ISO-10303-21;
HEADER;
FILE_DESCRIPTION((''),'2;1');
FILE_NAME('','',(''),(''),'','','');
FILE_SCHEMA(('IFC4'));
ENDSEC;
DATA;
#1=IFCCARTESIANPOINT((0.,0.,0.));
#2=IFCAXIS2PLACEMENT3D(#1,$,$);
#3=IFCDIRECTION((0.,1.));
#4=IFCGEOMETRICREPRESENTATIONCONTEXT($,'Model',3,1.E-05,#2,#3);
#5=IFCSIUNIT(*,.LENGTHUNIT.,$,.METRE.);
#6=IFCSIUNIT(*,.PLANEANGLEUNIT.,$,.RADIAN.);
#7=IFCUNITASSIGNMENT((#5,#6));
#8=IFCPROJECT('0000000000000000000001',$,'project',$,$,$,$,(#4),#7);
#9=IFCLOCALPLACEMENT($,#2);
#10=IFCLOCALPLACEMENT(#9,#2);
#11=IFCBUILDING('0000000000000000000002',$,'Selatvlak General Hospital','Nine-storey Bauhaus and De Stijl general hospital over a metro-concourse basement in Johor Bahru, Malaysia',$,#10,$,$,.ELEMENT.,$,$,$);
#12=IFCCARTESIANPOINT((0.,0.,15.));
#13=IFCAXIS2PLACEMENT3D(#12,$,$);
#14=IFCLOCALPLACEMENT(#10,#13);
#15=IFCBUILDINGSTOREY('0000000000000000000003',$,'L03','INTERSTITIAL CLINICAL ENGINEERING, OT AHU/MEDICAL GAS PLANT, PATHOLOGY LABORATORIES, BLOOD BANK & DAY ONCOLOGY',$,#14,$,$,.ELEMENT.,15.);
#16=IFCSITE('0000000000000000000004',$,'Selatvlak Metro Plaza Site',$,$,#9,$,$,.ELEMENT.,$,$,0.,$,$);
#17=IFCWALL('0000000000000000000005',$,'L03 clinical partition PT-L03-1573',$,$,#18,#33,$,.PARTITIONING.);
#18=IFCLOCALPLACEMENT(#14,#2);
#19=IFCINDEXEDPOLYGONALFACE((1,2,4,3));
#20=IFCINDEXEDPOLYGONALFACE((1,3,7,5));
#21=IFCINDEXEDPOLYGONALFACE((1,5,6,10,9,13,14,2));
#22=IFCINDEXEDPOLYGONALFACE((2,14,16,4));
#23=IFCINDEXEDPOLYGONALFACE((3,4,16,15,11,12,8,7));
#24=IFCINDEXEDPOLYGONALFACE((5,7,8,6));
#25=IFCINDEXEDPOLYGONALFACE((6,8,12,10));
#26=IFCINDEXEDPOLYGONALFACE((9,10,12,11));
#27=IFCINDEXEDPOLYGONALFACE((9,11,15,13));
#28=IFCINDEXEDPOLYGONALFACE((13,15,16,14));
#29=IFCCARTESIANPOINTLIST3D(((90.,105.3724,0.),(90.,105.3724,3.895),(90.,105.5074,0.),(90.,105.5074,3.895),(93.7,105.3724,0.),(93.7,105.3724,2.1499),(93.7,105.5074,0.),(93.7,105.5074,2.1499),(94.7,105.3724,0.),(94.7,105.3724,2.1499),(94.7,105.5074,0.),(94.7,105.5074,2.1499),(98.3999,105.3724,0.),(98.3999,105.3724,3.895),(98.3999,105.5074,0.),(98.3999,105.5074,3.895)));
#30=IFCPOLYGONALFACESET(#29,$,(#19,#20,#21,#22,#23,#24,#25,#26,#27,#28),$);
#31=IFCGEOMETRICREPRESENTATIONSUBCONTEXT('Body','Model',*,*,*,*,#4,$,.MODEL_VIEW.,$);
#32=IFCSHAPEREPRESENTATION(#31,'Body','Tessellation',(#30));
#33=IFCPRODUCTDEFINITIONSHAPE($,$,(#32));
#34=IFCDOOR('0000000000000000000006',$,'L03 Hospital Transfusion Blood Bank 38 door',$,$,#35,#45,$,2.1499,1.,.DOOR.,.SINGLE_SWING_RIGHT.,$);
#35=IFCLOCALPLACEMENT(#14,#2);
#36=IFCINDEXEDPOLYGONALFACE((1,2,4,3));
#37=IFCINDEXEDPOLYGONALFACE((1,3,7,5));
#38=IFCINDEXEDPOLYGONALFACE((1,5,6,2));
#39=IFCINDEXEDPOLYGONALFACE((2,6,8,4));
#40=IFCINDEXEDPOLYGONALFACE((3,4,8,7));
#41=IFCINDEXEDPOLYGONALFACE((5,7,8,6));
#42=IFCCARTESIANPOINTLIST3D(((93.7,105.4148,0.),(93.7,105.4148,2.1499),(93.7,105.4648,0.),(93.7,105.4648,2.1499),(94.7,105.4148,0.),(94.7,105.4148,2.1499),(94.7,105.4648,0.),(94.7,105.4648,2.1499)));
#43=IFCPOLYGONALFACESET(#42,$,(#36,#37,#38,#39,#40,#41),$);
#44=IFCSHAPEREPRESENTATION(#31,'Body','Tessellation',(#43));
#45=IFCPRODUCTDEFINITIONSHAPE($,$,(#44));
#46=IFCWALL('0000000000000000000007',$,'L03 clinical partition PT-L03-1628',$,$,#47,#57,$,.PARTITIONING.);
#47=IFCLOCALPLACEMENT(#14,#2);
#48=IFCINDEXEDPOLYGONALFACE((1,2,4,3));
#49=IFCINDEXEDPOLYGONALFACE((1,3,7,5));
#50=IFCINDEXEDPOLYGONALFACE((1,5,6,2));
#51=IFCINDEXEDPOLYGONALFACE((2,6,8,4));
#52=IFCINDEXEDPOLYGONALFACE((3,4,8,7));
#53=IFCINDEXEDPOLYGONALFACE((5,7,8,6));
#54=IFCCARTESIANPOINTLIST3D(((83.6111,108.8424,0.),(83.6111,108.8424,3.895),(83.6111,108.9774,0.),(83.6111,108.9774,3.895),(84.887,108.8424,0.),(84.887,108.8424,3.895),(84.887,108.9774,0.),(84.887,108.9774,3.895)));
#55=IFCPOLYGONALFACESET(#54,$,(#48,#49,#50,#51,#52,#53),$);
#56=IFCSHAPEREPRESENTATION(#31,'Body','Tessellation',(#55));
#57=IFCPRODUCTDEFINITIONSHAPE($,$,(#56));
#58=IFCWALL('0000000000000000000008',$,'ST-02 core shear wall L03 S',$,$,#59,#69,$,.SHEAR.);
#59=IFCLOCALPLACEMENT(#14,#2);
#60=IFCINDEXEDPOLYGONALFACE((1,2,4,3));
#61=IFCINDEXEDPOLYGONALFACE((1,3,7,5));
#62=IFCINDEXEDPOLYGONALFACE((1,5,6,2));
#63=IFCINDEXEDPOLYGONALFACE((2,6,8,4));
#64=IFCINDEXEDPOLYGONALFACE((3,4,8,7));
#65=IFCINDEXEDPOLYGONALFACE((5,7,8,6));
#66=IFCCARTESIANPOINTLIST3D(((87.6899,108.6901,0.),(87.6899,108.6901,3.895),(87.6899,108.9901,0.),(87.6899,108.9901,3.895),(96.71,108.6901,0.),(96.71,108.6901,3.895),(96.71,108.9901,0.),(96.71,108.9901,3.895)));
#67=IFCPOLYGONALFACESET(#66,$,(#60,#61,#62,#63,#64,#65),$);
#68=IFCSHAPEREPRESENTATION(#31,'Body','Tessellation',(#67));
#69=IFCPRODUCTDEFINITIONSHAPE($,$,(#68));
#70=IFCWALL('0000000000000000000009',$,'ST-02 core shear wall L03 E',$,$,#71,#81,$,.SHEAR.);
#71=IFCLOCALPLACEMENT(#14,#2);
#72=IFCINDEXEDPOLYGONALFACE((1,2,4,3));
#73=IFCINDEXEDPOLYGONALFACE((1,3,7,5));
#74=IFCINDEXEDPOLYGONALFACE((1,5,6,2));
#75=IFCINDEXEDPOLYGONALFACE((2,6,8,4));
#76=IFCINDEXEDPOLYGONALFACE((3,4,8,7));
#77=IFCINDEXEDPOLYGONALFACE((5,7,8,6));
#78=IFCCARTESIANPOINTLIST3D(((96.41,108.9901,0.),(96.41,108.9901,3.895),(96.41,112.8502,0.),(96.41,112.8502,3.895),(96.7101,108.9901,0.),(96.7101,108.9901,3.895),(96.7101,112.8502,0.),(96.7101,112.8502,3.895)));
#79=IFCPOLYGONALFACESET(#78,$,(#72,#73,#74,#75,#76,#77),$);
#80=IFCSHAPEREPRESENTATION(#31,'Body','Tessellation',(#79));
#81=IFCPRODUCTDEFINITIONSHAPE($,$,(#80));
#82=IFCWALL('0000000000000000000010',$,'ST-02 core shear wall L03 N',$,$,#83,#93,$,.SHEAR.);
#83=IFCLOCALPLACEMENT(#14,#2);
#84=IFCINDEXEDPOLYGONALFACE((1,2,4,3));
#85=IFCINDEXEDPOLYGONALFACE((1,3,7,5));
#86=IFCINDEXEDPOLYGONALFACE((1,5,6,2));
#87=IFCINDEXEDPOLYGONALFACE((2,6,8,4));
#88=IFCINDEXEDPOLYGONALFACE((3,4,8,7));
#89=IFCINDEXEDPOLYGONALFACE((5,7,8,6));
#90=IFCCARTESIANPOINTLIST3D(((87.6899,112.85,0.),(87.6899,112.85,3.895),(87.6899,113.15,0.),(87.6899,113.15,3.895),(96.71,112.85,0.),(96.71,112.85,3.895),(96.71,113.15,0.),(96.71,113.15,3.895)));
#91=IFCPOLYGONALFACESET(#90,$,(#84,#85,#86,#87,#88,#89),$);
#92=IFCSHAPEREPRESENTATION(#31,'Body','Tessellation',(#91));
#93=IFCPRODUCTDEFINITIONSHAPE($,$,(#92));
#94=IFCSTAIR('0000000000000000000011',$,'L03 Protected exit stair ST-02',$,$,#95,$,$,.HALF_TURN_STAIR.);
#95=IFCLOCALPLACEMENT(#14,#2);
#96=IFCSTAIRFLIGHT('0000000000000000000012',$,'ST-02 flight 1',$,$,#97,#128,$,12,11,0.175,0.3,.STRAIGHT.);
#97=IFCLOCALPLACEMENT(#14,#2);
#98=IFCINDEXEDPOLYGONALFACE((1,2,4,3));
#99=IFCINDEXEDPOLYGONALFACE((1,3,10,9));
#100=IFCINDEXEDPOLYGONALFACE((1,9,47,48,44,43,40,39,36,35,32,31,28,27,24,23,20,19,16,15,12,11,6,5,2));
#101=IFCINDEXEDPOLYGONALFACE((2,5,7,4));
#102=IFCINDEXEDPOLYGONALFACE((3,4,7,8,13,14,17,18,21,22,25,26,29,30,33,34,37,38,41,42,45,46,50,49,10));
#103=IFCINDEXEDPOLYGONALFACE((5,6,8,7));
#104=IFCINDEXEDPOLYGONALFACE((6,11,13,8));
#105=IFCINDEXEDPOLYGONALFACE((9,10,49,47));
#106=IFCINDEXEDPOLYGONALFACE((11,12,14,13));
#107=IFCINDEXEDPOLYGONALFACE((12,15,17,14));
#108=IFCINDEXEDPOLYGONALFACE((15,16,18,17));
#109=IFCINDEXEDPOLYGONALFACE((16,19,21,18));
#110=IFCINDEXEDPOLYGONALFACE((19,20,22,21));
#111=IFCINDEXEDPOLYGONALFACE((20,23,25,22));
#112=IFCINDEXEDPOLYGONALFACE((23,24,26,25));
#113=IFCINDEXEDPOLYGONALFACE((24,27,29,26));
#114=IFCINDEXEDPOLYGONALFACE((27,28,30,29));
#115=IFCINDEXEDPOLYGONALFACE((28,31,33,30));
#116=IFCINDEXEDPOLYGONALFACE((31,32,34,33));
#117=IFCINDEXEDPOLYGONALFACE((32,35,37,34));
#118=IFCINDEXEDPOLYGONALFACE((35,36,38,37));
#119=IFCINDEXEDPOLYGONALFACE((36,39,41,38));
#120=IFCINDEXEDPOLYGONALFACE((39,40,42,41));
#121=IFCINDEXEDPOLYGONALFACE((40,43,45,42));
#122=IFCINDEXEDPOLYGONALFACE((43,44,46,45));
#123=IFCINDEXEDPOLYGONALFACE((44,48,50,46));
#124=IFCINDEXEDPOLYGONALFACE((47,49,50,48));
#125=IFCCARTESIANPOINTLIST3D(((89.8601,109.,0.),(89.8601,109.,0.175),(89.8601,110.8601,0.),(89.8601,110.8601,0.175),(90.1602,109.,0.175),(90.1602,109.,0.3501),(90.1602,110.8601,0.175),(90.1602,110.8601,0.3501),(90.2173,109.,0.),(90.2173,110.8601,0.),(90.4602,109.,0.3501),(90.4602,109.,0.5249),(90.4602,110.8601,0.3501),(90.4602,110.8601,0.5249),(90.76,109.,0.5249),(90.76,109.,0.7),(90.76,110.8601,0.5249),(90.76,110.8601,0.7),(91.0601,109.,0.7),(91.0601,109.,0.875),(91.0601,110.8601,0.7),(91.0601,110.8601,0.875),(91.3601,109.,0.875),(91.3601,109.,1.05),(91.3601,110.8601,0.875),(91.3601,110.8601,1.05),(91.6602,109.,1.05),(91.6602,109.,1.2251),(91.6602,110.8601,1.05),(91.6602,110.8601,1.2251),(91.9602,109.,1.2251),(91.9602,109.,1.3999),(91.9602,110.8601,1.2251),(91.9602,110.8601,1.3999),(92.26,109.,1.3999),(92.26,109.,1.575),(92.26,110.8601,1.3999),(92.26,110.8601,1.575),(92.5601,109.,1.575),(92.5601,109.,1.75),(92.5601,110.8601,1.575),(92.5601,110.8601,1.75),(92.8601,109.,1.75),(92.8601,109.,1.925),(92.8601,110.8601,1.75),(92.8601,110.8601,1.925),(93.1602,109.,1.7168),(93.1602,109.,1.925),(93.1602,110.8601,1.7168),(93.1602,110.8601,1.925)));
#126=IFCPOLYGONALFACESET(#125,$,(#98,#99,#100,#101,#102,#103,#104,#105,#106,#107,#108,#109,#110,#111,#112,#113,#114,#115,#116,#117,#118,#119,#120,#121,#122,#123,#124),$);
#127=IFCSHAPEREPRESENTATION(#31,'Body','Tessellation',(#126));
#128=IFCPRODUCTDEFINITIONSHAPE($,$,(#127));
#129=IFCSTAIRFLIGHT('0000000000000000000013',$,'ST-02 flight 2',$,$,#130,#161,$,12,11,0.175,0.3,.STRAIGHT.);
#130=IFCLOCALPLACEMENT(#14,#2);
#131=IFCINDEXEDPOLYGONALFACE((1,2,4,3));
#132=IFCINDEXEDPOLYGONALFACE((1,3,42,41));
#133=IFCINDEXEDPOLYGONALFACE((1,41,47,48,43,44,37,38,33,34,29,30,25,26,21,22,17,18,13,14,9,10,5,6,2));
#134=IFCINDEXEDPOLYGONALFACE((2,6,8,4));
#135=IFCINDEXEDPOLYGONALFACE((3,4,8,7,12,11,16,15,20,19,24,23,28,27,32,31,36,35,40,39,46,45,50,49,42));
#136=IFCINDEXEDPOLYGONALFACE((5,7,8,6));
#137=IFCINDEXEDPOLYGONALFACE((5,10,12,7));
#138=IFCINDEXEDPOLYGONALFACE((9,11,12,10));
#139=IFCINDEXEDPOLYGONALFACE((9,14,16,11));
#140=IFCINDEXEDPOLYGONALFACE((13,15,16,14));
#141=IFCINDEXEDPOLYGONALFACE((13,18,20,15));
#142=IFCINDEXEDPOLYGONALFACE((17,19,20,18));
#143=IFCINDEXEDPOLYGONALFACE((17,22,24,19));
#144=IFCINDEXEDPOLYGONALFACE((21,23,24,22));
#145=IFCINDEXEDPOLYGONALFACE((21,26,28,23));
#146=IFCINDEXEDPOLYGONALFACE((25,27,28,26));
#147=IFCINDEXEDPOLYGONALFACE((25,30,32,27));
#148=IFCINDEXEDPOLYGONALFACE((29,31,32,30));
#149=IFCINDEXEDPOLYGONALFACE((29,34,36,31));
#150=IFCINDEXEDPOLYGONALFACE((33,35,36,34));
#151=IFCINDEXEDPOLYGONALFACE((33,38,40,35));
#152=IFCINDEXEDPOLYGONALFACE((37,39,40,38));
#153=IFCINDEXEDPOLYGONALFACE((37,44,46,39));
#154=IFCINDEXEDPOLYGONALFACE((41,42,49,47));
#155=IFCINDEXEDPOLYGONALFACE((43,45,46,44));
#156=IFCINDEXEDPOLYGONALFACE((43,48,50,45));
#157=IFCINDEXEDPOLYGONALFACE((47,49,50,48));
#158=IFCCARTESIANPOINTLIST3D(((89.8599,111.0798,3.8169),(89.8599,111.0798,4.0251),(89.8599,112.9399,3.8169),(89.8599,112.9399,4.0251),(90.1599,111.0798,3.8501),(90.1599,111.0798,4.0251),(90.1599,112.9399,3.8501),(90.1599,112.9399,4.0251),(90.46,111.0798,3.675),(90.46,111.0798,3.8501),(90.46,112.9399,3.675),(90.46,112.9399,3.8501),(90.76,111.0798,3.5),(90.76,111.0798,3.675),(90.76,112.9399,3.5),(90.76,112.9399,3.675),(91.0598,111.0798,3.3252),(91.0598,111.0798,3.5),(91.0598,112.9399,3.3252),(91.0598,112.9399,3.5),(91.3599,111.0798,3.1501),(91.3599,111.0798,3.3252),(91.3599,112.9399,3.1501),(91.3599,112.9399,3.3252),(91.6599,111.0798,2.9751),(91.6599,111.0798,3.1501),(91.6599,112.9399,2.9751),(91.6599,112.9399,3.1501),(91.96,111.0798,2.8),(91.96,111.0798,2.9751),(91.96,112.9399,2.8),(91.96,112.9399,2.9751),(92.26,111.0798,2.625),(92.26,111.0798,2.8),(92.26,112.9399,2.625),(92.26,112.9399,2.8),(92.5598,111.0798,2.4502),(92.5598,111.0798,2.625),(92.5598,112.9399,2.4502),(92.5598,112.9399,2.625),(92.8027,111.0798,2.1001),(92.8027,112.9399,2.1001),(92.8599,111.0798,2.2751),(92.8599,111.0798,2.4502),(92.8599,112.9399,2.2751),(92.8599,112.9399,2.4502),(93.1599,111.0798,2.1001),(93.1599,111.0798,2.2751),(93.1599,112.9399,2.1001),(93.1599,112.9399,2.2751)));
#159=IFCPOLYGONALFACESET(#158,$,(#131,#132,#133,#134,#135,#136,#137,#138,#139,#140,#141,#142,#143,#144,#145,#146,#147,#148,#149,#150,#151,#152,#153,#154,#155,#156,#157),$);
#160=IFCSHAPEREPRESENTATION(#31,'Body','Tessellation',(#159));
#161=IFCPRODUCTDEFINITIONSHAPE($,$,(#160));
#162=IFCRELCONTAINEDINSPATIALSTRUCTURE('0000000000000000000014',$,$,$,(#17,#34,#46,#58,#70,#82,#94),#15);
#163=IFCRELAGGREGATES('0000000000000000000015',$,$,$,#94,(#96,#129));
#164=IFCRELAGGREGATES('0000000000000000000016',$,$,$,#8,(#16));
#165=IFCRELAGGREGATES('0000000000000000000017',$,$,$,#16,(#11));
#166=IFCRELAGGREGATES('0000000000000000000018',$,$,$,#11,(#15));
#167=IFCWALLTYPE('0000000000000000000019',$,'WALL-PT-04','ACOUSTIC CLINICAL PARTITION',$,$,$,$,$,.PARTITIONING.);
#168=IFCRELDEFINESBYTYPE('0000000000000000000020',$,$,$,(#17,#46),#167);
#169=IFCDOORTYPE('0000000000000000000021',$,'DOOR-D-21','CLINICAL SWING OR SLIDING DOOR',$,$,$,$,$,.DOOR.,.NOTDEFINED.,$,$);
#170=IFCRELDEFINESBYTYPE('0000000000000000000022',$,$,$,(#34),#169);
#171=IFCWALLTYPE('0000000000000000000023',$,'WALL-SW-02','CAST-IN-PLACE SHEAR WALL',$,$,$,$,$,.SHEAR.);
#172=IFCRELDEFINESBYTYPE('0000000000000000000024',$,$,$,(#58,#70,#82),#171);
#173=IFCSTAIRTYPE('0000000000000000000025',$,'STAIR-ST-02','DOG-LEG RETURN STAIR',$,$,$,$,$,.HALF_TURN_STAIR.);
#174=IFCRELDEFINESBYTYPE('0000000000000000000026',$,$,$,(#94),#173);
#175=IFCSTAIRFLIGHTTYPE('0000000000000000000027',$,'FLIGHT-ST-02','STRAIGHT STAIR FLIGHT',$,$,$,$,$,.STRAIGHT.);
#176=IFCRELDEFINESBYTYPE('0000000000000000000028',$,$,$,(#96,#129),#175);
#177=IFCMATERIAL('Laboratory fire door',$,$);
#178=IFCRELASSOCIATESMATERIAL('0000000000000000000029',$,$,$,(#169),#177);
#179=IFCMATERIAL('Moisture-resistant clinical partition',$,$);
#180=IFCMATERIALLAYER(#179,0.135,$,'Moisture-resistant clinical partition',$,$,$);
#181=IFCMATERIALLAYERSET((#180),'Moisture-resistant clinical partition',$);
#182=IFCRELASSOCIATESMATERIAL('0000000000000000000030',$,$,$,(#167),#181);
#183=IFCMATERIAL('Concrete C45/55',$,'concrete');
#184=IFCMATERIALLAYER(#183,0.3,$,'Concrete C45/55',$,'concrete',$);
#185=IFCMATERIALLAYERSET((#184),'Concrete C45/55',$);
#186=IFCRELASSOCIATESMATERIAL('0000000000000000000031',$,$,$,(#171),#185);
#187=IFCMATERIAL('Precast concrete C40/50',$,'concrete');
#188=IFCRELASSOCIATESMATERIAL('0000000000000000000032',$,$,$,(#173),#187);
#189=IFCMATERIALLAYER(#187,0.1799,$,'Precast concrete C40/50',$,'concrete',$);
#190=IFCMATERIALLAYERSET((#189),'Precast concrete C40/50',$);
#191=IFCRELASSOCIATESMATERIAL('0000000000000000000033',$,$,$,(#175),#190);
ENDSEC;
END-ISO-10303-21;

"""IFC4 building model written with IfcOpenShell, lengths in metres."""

from ifc_helpers import new_model, si_unit, direction, frame, frame_2d, origin, place, context, subcontext, project, spatial, polyline, rectangle, outline, extrude, material, layer, layer_set, type_object, element, fill, aggregate, save


model = new_model("IFC4")

# Units and contexts
model_context = context("Model", 3, precision=1e-05, world=origin(), true_north=direction((0.0, 1.0)))
body_context = subcontext(model_context, "Body", "Model", "MODEL_VIEW")
ifc_project = project(units=[si_unit("LENGTHUNIT", "METRE"), si_unit("PLANEANGLEUNIT", "RADIAN")], contexts=[model_context])

# Site, building, storey
site_placement = place(None, origin())
site = spatial("IfcSite", under=ifc_project, at=site_placement, Name="Selatvlak Metro Plaza Site", CompositionType="ELEMENT", RefElevation=0.0)
building_placement = place(site_placement, origin())
building = spatial("IfcBuilding", under=site, at=building_placement, Name="Selatvlak General Hospital", Description="Nine-storey Bauhaus and De Stijl general hospital over a metro-concourse basement in Johor Bahru, Malaysia", CompositionType="ELEMENT")
storey_placement = place(building_placement, frame((0.0, 0.0, 15.0)))
storey = spatial("IfcBuildingStorey", under=building, at=storey_placement, Name="L03", Description="INTERSTITIAL CLINICAL ENGINEERING, OT AHU/MEDICAL GAS PLANT, PATHOLOGY LABORATORIES, BLOOD BANK & DAY ONCOLOGY", CompositionType="ELEMENT", Elevation=15.0)

# Shared definitions
ifc_material_1 = material(Name="Laboratory fire door")
door_type_1 = type_object("IfcDoorType", Name="DOOR-D-21", Description="CLINICAL SWING OR SLIDING DOOR", OperationType="NOTDEFINED", PredefinedType="DOOR", material=ifc_material_1)

# Wall, opening, door
ifc_material_2 = material(Name="Moisture-resistant clinical partition")
ifc_layer_1 = layer(ifc_material_2, 0.135, Name="Moisture-resistant clinical partition")
ifc_layer_set_1 = layer_set([ifc_layer_1], Name="Moisture-resistant clinical partition")
wall_type_1 = type_object("IfcWallType", Name="WALL-PT-04", Description="ACOUSTIC CLINICAL PARTITION", PredefinedType="PARTITIONING", material=ifc_layer_set_1)
wall_1_placement = place(storey_placement, frame((90.0, 105.4399, 0.0), z_axis=(0.0, 0.0, 1.0), x_axis=(1.0, 0.0, 0.0)))
wall_1 = element("IfcWall", 1, at=wall_1_placement, inside=storey, type_object=wall_type_1, Name="L03 clinical partition PT-L03-1573", PredefinedType="PARTITIONING", context=body_context, shape_type="SweptSolid", body=[
    extrude(rectangle(XDim=8.3999, YDim=0.135, at=frame_2d((4.2, 0.0))), origin(), (0.0, 0.0, 1.0), 3.895),
])
opening_1_placement = place(wall_1_placement, frame((3.7, 0.0, 0.0)))
opening_1 = element("IfcOpeningElement", 2, at=opening_1_placement, cuts=wall_1, PredefinedType="OPENING", context=body_context, shape_type="SweptSolid", body=[
    extrude(rectangle(XDim=1.0, YDim=2.1499, at=frame_2d((0.5, 1.075))), frame((0.0, 0.0774, 0.0), z_axis=(0.0, -1.0, 0.0), x_axis=(1.0, 0.0, 0.0)), (0.0, 0.0, 1.0), 0.155),
])
door_1_placement = place(opening_1_placement, origin())
door_1 = element("IfcDoor", 3, at=door_1_placement, inside=storey, type_object=door_type_1, Name="L03 Hospital Transfusion Blood Bank 38 door", OperationType="SINGLE_SWING_RIGHT", OverallHeight=2.1499, OverallWidth=1.0, PredefinedType="DOOR", context=body_context, shape_type="SweptSolid", body=[
    extrude(rectangle(XDim=1.0, YDim=2.1499, at=frame_2d((0.5, 1.075))), frame((0.0, 0.0249, 0.0), z_axis=(0.0, -1.0, 0.0), x_axis=(1.0, 0.0, 0.0)), (0.0, 0.0, 1.0), 0.05),
])
fill(opening_1, door_1)

# Walls
wall_2_placement = place(storey_placement, frame((84.887, 108.9099, 0.0), z_axis=(0.0, 0.0, 1.0), x_axis=(-1.0, 0.0, 0.0)))
element("IfcWall", 4, at=wall_2_placement, inside=storey, type_object=wall_type_1, Name="L03 clinical partition PT-L03-1628", PredefinedType="PARTITIONING", context=body_context, shape_type="SweptSolid", body=[
    extrude(rectangle(XDim=1.2759, YDim=0.135, at=frame_2d((0.6379, 0.0))), origin(), (0.0, 0.0, 1.0), 3.895),
])
ifc_material_3 = material(Name="Concrete C45/55", Category="concrete")
ifc_layer_2 = layer(ifc_material_3, 0.3, Name="Concrete C45/55", Category="concrete")
ifc_layer_set_2 = layer_set([ifc_layer_2], Name="Concrete C45/55")
wall_type_2 = type_object("IfcWallType", Name="WALL-SW-02", Description="CAST-IN-PLACE SHEAR WALL", PredefinedType="SHEAR", material=ifc_layer_set_2)
wall_3_placement = place(storey_placement, frame((87.6899, 108.8401, 0.0), z_axis=(0.0, 0.0, 1.0), x_axis=(1.0, 0.0, 0.0)))
element("IfcWall", 5, at=wall_3_placement, inside=storey, type_object=wall_type_2, Name="ST-02 core shear wall L03 S", PredefinedType="SHEAR", context=body_context, shape_type="SweptSolid", body=[
    extrude(rectangle(XDim=9.02, YDim=0.3, at=frame_2d((4.51, 0.0))), origin(), (0.0, 0.0, 1.0), 3.895),
])
wall_4_placement = place(storey_placement, frame((96.5601, 108.99, 0.0), z_axis=(0.0, 0.0, 1.0), x_axis=(0.0, 1.0, 0.0)))
element("IfcWall", 6, at=wall_4_placement, inside=storey, type_object=wall_type_2, Name="ST-02 core shear wall L03 E", PredefinedType="SHEAR", context=body_context, shape_type="SweptSolid", body=[
    extrude(rectangle(XDim=3.8601, YDim=0.3, at=frame_2d((1.9302, 0.0))), origin(), (0.0, 0.0, 1.0), 3.895),
])
wall_5_placement = place(storey_placement, frame((96.71, 113.0, 0.0), z_axis=(0.0, 0.0, 1.0), x_axis=(-1.0, 0.0, 0.0)))
element("IfcWall", 7, at=wall_5_placement, inside=storey, type_object=wall_type_2, Name="ST-02 core shear wall L03 N", PredefinedType="SHEAR", context=body_context, shape_type="SweptSolid", body=[
    extrude(rectangle(XDim=9.02, YDim=0.3, at=frame_2d((4.51, 0.0))), origin(), (0.0, 0.0, 1.0), 3.895),
])

# Stair, stair flights
ifc_material_4 = material(Name="Precast concrete C40/50", Category="concrete")
stair_type = type_object("IfcStairType", Name="STAIR-ST-02", Description="DOG-LEG RETURN STAIR", PredefinedType="HALF_TURN_STAIR", material=ifc_material_4)
stair_placement = place(storey_placement, origin())
stair = element("IfcStair", 8, at=stair_placement, inside=storey, type_object=stair_type, Name="L03 Protected exit stair ST-02", PredefinedType="HALF_TURN_STAIR")
ifc_layer_3 = layer(ifc_material_4, 0.1799, Name="Precast concrete C40/50", Category="concrete")
ifc_layer_set_3 = layer_set([ifc_layer_3], Name="Precast concrete C40/50")
stair_flight_type = type_object("IfcStairFlightType", Name="FLIGHT-ST-02", Description="STRAIGHT STAIR FLIGHT", PredefinedType="STRAIGHT", material=ifc_layer_set_3)
stair_flight_1_placement = place(storey_placement, frame((89.8601, 109.9299, 0.0), z_axis=(0.0, 0.0, 1.0), x_axis=(1.0, 0.0, 0.0)))
stair_flight_1 = element("IfcStairFlight", 9, at=stair_flight_1_placement, type_object=stair_flight_type, Name="ST-02 flight 1", NumberOfRisers=12, NumberOfTreads=11, PredefinedType="STRAIGHT", RiserHeight=0.175, TreadLength=0.3, context=body_context, shape_type="SweptSolid", body=[
    extrude(outline(polyline([(0.0, 0.0), (0.0, 0.175), (0.3, 0.175), (0.3, 0.3501), (0.6001, 0.3501), (0.6001, 0.5249), (0.8999, 0.5249), (0.8999, 0.7), (1.2, 0.7), (1.2, 0.875), (1.5, 0.875), (1.5, 1.05), (1.8, 1.05), (1.8, 1.2251), (2.1001, 1.2251), (2.1001, 1.3999), (2.3999, 1.3999), (2.3999, 1.575), (2.7, 1.575), (2.7, 1.75), (3.0, 1.75), (3.0, 1.925), (3.3, 1.925), (3.3, 2.1001), (3.3, 1.7168), (0.3572, 0.0), (0.0, 0.0)])), frame((0.0, 0.9302, 0.0), z_axis=(0.0, -1.0, 0.0), x_axis=(1.0, 0.0, 0.0)), (0.0, 0.0, 1.0), 1.8601),
])
stair_flight_2_placement = place(storey_placement, frame((93.1599, 112.01, 2.1001), z_axis=(0.0, 0.0, 1.0), x_axis=(-1.0, 0.0, 0.0)))
stair_flight_2 = element("IfcStairFlight", 10, at=stair_flight_2_placement, type_object=stair_flight_type, Name="ST-02 flight 2", NumberOfRisers=12, NumberOfTreads=11, PredefinedType="STRAIGHT", RiserHeight=0.175, TreadLength=0.3, context=body_context, shape_type="SweptSolid", body=[
    extrude(outline(polyline([(0.0, 0.0), (0.0, 0.175), (0.3, 0.175), (0.3, 0.3501), (0.6001, 0.3501), (0.6001, 0.5249), (0.8999, 0.5249), (0.8999, 0.7), (1.2, 0.7), (1.2, 0.875), (1.5, 0.875), (1.5, 1.05), (1.8, 1.05), (1.8, 1.2251), (2.1001, 1.2251), (2.1001, 1.3999), (2.3999, 1.3999), (2.3999, 1.575), (2.7, 1.575), (2.7, 1.75), (3.0, 1.75), (3.0, 1.925), (3.3, 1.925), (3.3, 2.1001), (3.3, 1.7168), (0.3572, 0.0), (0.0, 0.0)])), frame((0.0, 0.9302, 0.0), z_axis=(0.0, -1.0, 0.0), x_axis=(1.0, 0.0, 0.0)), (0.0, 0.0, 1.0), 1.8601),
])
aggregate(stair, [stair_flight_1, stair_flight_2])

save(model, "model.ifc")
